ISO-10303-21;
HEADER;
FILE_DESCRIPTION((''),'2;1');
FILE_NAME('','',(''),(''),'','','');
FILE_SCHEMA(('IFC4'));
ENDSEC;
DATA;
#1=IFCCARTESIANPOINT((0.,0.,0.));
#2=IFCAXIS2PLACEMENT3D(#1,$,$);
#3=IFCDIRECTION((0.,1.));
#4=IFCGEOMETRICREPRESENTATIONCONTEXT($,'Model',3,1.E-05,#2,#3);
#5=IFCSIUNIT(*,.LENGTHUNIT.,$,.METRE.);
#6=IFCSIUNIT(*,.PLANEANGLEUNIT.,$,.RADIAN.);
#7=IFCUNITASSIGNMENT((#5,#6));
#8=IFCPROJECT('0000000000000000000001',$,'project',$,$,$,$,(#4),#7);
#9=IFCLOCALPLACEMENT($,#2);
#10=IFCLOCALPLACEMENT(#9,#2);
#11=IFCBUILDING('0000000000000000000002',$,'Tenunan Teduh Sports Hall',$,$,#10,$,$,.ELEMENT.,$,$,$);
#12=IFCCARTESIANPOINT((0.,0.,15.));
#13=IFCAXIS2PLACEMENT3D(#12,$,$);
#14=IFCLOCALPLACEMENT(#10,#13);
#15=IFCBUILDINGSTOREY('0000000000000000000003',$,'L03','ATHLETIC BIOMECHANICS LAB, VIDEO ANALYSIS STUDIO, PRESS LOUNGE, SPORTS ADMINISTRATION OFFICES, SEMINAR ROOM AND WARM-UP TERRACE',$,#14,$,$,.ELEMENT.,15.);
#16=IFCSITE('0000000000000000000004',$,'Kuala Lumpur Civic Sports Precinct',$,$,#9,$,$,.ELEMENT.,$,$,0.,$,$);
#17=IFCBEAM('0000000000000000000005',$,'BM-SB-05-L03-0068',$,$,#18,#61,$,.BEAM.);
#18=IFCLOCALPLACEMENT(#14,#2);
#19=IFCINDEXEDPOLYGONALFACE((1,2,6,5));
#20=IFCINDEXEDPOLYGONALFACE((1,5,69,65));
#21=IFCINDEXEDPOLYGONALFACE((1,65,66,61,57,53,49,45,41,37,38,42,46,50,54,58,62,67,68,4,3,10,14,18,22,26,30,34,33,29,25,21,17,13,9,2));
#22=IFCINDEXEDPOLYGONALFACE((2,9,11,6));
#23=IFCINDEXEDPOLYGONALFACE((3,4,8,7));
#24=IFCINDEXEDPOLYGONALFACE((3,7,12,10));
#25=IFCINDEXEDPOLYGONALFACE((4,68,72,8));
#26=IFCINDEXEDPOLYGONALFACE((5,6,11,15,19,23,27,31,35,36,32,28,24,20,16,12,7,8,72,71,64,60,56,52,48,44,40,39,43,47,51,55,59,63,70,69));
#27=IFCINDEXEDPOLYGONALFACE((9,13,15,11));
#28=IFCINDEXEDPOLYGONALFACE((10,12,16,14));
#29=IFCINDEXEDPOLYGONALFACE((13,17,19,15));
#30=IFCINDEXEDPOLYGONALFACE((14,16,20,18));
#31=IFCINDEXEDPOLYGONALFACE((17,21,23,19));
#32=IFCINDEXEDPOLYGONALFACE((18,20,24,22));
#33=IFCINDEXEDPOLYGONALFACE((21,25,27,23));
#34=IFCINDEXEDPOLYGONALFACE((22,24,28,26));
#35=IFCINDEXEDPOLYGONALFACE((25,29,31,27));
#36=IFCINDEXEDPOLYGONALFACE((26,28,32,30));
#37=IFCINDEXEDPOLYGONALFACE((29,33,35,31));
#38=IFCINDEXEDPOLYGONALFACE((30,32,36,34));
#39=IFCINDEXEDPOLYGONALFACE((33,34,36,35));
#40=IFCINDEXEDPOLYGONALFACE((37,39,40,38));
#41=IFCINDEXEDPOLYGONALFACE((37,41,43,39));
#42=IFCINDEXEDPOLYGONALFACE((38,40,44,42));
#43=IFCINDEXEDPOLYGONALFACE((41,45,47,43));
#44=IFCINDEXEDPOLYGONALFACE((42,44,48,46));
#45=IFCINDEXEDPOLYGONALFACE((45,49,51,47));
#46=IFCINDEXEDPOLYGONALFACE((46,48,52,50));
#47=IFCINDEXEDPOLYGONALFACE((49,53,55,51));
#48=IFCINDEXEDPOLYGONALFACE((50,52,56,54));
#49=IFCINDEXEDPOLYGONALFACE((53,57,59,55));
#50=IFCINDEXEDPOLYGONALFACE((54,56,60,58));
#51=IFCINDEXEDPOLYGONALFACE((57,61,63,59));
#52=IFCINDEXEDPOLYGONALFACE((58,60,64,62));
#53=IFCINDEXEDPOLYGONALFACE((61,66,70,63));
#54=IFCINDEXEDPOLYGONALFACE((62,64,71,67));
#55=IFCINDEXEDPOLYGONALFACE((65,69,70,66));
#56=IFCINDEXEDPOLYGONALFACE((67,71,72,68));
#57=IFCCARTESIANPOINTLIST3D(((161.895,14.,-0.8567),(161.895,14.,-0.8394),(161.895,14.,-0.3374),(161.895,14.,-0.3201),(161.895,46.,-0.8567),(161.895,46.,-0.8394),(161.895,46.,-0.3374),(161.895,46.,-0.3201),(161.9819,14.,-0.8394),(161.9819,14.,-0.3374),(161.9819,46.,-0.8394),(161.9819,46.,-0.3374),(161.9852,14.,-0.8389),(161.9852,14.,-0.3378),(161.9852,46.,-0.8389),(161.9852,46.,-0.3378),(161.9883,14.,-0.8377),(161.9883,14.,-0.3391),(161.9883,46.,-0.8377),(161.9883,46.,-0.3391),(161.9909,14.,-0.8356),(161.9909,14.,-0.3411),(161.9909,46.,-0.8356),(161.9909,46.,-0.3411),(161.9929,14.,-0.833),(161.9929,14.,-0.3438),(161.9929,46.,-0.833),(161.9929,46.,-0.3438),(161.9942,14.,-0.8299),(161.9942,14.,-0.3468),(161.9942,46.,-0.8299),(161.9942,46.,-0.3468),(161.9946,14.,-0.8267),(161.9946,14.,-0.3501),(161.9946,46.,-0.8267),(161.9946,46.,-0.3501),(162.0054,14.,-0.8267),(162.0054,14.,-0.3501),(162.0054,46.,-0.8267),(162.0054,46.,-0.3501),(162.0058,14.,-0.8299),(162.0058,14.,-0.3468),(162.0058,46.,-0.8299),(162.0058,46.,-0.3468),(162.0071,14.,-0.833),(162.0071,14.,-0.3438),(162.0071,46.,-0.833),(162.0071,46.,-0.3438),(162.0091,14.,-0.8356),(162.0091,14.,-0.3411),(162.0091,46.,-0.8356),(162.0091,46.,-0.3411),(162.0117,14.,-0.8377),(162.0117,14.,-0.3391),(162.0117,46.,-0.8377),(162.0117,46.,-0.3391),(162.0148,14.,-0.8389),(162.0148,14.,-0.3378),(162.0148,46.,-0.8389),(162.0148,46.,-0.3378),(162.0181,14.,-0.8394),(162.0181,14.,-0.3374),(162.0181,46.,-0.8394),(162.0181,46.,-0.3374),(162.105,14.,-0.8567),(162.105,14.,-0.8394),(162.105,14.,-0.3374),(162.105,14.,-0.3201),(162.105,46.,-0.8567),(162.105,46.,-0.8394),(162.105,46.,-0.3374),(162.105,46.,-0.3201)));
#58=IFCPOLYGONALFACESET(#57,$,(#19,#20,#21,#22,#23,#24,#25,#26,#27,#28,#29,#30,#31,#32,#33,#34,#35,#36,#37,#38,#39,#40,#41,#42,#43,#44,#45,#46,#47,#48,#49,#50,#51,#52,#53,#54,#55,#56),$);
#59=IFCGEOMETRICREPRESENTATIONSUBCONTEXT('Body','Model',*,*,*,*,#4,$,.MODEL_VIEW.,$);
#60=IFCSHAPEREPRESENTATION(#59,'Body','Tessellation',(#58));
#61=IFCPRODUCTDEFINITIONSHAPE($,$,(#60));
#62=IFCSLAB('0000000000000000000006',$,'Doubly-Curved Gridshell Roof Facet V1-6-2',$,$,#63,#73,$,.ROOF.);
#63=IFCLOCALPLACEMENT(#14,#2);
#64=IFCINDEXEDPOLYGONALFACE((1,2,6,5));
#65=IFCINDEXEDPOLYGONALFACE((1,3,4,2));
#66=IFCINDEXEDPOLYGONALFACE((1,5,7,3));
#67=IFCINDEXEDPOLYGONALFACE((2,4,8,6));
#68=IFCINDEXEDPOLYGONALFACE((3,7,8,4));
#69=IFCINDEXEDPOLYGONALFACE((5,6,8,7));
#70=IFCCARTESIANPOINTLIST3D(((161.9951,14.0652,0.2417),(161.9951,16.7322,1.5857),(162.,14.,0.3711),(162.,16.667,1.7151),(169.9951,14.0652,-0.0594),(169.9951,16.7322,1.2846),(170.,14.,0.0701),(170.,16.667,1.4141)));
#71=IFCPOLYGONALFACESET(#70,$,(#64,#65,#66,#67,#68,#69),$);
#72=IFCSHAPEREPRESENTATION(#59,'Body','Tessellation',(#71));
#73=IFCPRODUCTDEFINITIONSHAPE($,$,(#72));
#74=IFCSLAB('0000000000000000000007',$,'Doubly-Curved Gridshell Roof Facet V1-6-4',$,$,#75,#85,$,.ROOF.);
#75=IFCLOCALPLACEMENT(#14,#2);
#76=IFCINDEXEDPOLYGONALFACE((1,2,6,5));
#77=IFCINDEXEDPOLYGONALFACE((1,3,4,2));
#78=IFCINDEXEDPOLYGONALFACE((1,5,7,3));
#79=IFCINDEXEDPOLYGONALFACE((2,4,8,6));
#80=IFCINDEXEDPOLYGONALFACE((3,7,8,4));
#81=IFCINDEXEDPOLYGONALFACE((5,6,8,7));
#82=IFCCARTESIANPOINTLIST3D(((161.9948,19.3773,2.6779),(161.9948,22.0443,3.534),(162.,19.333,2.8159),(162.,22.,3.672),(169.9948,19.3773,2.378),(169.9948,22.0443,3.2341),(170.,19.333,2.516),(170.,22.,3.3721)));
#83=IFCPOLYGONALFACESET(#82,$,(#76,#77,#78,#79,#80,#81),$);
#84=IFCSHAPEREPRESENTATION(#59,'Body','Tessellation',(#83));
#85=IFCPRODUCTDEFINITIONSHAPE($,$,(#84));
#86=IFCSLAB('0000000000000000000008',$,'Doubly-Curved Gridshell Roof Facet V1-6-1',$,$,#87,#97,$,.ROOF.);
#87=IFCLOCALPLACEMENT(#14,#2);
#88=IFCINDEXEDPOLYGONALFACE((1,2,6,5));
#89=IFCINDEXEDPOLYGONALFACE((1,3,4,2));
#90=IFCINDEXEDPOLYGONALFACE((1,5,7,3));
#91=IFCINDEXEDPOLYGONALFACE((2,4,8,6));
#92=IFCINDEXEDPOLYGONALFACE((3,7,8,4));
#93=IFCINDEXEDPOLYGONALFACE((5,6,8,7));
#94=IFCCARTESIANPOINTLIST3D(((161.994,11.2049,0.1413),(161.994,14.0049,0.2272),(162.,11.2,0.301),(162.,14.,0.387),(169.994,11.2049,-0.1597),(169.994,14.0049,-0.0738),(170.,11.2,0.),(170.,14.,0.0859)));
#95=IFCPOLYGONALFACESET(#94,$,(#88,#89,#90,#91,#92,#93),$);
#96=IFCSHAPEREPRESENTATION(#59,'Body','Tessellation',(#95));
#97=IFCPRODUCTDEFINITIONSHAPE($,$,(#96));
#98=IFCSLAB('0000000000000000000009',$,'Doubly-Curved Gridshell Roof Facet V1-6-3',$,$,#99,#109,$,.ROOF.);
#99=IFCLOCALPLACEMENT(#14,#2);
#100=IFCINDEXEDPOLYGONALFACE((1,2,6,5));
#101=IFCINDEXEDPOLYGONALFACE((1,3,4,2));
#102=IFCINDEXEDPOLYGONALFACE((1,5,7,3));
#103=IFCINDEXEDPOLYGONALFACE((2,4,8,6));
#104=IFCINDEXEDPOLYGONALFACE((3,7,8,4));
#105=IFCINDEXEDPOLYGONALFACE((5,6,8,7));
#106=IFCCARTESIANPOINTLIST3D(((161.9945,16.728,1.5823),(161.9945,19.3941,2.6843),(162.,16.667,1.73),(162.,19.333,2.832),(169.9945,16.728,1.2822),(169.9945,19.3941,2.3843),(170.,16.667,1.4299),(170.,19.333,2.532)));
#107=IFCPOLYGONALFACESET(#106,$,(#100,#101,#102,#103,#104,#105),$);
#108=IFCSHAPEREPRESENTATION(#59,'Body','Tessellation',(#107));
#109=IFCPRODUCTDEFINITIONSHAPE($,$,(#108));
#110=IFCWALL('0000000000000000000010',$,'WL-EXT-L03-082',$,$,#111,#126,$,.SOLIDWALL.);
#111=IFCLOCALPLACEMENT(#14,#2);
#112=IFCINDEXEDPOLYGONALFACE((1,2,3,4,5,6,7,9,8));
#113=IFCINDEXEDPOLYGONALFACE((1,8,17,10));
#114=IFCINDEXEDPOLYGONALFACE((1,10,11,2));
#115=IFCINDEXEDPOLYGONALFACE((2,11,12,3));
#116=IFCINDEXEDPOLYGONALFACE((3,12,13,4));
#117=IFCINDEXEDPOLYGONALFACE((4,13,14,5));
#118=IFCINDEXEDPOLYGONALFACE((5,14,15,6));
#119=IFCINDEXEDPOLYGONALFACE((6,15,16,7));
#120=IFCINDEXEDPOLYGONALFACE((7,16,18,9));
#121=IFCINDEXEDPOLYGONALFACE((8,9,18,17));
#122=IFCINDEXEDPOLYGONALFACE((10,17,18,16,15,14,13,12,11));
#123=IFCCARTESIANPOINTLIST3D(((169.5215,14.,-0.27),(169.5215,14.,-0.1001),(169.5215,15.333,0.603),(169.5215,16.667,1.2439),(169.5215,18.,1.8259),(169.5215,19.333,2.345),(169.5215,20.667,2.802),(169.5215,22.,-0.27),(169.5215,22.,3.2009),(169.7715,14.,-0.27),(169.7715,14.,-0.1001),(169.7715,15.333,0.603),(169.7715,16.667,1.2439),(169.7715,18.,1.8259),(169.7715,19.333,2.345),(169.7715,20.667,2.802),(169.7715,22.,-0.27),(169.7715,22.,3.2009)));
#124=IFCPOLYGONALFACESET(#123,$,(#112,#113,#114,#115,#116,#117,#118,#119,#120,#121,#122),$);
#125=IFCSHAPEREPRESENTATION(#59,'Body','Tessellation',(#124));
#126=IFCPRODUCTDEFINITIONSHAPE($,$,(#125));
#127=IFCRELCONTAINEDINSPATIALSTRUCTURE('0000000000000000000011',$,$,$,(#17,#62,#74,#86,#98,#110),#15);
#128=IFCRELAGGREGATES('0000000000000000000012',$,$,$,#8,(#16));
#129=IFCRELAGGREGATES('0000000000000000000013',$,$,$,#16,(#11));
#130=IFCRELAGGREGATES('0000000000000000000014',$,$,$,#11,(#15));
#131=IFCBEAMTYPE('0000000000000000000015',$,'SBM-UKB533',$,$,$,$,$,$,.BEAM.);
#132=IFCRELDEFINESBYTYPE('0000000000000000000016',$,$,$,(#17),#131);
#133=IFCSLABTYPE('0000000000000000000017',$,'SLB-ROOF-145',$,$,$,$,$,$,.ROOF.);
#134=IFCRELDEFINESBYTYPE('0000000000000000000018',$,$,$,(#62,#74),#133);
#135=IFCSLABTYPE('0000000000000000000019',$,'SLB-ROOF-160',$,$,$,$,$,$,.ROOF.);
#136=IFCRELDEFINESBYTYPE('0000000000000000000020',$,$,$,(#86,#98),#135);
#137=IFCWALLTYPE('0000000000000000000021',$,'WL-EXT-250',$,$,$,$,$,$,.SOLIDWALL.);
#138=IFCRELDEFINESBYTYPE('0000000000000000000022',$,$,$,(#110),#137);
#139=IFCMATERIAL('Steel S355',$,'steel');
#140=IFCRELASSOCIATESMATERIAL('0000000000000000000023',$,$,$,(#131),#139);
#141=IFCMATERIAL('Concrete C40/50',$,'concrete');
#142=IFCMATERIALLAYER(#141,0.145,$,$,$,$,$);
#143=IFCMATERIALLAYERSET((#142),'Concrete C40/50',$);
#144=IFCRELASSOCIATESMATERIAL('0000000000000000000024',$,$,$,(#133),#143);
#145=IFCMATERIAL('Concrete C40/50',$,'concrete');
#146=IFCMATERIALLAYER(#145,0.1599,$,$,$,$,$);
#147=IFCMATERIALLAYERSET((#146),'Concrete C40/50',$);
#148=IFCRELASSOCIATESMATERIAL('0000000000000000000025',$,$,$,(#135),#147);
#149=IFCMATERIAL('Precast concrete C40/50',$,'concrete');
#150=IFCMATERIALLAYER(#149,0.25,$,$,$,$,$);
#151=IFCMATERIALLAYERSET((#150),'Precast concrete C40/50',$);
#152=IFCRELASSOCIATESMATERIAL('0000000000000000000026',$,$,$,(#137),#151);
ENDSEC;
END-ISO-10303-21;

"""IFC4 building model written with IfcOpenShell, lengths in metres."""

from ifc_helpers import new_model, si_unit, direction, frame, origin, origin_2d, place, context, subcontext, project, spatial, polyline, i_section, outline, extrude, material, layer, layer_set, material_profile, profile_set, type_object, element, save


model = new_model("IFC4")

# Units and contexts
model_context = context("Model", 3, precision=1e-05, world=origin(), true_north=direction((0.0, 1.0)))
body_context = subcontext(model_context, "Body", "Model", "MODEL_VIEW")
ifc_project = project(units=[si_unit("LENGTHUNIT", "METRE"), si_unit("PLANEANGLEUNIT", "RADIAN")], contexts=[model_context])

# Site, building, storey
site_placement = place(None, origin())
site = spatial("IfcSite", under=ifc_project, at=site_placement, Name="Kuala Lumpur Civic Sports Precinct", CompositionType="ELEMENT", RefElevation=0.0)
building_placement = place(site_placement, origin())
building = spatial("IfcBuilding", under=site, at=building_placement, Name="Tenunan Teduh Sports Hall", CompositionType="ELEMENT")
storey_placement = place(building_placement, frame((0.0, 0.0, 15.0)))
storey = spatial("IfcBuildingStorey", under=building, at=storey_placement, Name="L03", Description="ATHLETIC BIOMECHANICS LAB, VIDEO ANALYSIS STUDIO, PRESS LOUNGE, SPORTS ADMINISTRATION OFFICES, SEMINAR ROOM AND WARM-UP TERRACE", CompositionType="ELEMENT", Elevation=15.0)

# Beam
ifc_material_1 = material(Name="Steel S355", Category="steel")
ifc_material_profile_1 = material_profile(ifc_material_1, i_section(OverallWidth=0.21, OverallDepth=0.5366, WebThickness=0.0107, FlangeThickness=0.0173, FilletRadius=0.0127, at=origin_2d()), Name="UKB 533x210x101")
ifc_profile_set_1 = profile_set([ifc_material_profile_1], Name="Steel S355")
beam_type_1 = type_object("IfcBeamType", Name="SBM-UKB533", PredefinedType="BEAM", material=ifc_profile_set_1)
beam_1_placement = place(storey_placement, frame((162.0, 14.0, -0.5884), z_axis=(0.0, 1.0, 0.0), x_axis=(-1.0, 0.0, 0.0)))
element("IfcBeam", 1, at=beam_1_placement, inside=storey, type_object=beam_type_1, Name="BM-SB-05-L03-0068", PredefinedType="BEAM", context=body_context, shape_type="SweptSolid", body=[
    extrude(i_section(OverallWidth=0.21, OverallDepth=0.5366, WebThickness=0.0107, FlangeThickness=0.0173, FilletRadius=0.0127, at=origin_2d()), origin(), (0.0, 0.0, 1.0), 32.0),
])

# Slabs
ifc_material_2 = material(Name="Concrete C40/50", Category="concrete")
ifc_layer_1 = layer(ifc_material_2, 0.145)
ifc_layer_set_1 = layer_set([ifc_layer_1], Name="Concrete C40/50")
slab_type_1 = type_object("IfcSlabType", Name="SLB-ROOF-145", PredefinedType="ROOF", material=ifc_layer_set_1)
slab_1_placement = place(storey_placement, frame((162.0, 14.0, 0.3711), z_axis=(0.033584, -0.44977, 0.892513), x_axis=(0.999293, 0.0, -0.037602)))
element("IfcSlab", 2, at=slab_1_placement, inside=storey, type_object=slab_type_1, Name="Doubly-Curved Gridshell Roof Facet V1-6-2", PredefinedType="ROOF", context=body_context, shape_type="SweptSolid", body=[
    extrude(outline(polyline([(0.0, 0.0), (8.0057, 0.0), (7.9551, 2.9861), (-0.0505, 2.9861), (0.0, 0.0)])), origin(), (0.0, 0.0, -1.0), 0.145),
])
slab_2_placement = place(storey_placement, frame((162.0, 19.333, 2.8159), z_axis=(0.035674, -0.305437, 0.951544), x_axis=(0.999298, 0.000004, -0.037463)))
element("IfcSlab", 3, at=slab_2_placement, inside=storey, type_object=slab_type_1, Name="Doubly-Curved Gridshell Roof Facet V1-6-4", PredefinedType="ROOF", context=body_context, shape_type="SweptSolid", body=[
    extrude(outline(polyline([(0.0, 0.0), (8.0056, 0.0), (7.9736, 2.8008), (-0.0321, 2.8009), (0.0, 0.0)])), origin(), (0.0, 0.0, -1.0), 0.145),
])
ifc_material_3 = material(Name="Concrete C40/50", Category="concrete")
ifc_layer_2 = layer(ifc_material_3, 0.1599)
ifc_layer_set_2 = layer_set([ifc_layer_2], Name="Concrete C40/50")
slab_type_2 = type_object("IfcSlabType", Name="SLB-ROOF-160", PredefinedType="ROOF", material=ifc_layer_set_2)
slab_3_placement = place(storey_placement, frame((162.0, 11.2, 0.301), z_axis=(0.037584, -0.030655, 0.998823), x_axis=(0.999293, 0.0, -0.037602)))
element("IfcSlab", 4, at=slab_3_placement, inside=storey, type_object=slab_type_2, Name="Doubly-Curved Gridshell Roof Facet V1-6-1", PredefinedType="ROOF", context=body_context, shape_type="SweptSolid", body=[
    extrude(outline(polyline([(0.0, 0.0), (8.0057, 0.0), (8.0024, 2.8014), (-0.0032, 2.8014), (0.0, 0.0)])), origin(), (0.0, 0.0, -1.0), 0.1599),
])
slab_4_placement = place(storey_placement, frame((162.0, 16.667, 1.73), z_axis=(0.034641, -0.381789, 0.9236), x_axis=(0.999297, 0.0, -0.03748)))
element("IfcSlab", 5, at=slab_4_placement, inside=storey, type_object=slab_type_2, Name="Doubly-Curved Gridshell Roof Facet V1-6-3", PredefinedType="ROOF", context=body_context, shape_type="SweptSolid", body=[
    extrude(outline(polyline([(0.0, 0.0), (8.0056, 0.0), (7.9643, 2.8845), (-0.0413, 2.8845), (0.0, 0.0)])), origin(), (0.0, 0.0, -1.0), 0.1599),
])

# Wall
ifc_material_4 = material(Name="Precast concrete C40/50", Category="concrete")
ifc_layer_3 = layer(ifc_material_4, 0.25)
ifc_layer_set_3 = layer_set([ifc_layer_3], Name="Precast concrete C40/50")
wall_type = type_object("IfcWallType", Name="WL-EXT-250", PredefinedType="SOLIDWALL", material=ifc_layer_set_3)
wall_placement = place(storey_placement, frame((169.6465, 14.0, -0.27), z_axis=(0.0, 0.0, 1.0), x_axis=(0.0, 1.0, 0.0)))
element("IfcWall", 6, at=wall_placement, inside=storey, type_object=wall_type, Name="WL-EXT-L03-082", PredefinedType="SOLIDWALL", context=body_context, shape_type="SweptSolid", body=[
    extrude(outline(polyline([(0.0, 0.0), (8.0, 0.0), (8.0, 3.4709), (6.667, 3.072), (5.333, 2.615), (4.0, 2.0959), (2.667, 1.5139), (1.333, 0.873), (0.0, 0.1699), (0.0, 0.0)])), frame((0.0, 0.125, 0.0), z_axis=(0.0, -1.0, 0.0), x_axis=(1.0, 0.0, 0.0)), (0.0, 0.0, 1.0), 0.25),
])

save(model, "model.ifc")
